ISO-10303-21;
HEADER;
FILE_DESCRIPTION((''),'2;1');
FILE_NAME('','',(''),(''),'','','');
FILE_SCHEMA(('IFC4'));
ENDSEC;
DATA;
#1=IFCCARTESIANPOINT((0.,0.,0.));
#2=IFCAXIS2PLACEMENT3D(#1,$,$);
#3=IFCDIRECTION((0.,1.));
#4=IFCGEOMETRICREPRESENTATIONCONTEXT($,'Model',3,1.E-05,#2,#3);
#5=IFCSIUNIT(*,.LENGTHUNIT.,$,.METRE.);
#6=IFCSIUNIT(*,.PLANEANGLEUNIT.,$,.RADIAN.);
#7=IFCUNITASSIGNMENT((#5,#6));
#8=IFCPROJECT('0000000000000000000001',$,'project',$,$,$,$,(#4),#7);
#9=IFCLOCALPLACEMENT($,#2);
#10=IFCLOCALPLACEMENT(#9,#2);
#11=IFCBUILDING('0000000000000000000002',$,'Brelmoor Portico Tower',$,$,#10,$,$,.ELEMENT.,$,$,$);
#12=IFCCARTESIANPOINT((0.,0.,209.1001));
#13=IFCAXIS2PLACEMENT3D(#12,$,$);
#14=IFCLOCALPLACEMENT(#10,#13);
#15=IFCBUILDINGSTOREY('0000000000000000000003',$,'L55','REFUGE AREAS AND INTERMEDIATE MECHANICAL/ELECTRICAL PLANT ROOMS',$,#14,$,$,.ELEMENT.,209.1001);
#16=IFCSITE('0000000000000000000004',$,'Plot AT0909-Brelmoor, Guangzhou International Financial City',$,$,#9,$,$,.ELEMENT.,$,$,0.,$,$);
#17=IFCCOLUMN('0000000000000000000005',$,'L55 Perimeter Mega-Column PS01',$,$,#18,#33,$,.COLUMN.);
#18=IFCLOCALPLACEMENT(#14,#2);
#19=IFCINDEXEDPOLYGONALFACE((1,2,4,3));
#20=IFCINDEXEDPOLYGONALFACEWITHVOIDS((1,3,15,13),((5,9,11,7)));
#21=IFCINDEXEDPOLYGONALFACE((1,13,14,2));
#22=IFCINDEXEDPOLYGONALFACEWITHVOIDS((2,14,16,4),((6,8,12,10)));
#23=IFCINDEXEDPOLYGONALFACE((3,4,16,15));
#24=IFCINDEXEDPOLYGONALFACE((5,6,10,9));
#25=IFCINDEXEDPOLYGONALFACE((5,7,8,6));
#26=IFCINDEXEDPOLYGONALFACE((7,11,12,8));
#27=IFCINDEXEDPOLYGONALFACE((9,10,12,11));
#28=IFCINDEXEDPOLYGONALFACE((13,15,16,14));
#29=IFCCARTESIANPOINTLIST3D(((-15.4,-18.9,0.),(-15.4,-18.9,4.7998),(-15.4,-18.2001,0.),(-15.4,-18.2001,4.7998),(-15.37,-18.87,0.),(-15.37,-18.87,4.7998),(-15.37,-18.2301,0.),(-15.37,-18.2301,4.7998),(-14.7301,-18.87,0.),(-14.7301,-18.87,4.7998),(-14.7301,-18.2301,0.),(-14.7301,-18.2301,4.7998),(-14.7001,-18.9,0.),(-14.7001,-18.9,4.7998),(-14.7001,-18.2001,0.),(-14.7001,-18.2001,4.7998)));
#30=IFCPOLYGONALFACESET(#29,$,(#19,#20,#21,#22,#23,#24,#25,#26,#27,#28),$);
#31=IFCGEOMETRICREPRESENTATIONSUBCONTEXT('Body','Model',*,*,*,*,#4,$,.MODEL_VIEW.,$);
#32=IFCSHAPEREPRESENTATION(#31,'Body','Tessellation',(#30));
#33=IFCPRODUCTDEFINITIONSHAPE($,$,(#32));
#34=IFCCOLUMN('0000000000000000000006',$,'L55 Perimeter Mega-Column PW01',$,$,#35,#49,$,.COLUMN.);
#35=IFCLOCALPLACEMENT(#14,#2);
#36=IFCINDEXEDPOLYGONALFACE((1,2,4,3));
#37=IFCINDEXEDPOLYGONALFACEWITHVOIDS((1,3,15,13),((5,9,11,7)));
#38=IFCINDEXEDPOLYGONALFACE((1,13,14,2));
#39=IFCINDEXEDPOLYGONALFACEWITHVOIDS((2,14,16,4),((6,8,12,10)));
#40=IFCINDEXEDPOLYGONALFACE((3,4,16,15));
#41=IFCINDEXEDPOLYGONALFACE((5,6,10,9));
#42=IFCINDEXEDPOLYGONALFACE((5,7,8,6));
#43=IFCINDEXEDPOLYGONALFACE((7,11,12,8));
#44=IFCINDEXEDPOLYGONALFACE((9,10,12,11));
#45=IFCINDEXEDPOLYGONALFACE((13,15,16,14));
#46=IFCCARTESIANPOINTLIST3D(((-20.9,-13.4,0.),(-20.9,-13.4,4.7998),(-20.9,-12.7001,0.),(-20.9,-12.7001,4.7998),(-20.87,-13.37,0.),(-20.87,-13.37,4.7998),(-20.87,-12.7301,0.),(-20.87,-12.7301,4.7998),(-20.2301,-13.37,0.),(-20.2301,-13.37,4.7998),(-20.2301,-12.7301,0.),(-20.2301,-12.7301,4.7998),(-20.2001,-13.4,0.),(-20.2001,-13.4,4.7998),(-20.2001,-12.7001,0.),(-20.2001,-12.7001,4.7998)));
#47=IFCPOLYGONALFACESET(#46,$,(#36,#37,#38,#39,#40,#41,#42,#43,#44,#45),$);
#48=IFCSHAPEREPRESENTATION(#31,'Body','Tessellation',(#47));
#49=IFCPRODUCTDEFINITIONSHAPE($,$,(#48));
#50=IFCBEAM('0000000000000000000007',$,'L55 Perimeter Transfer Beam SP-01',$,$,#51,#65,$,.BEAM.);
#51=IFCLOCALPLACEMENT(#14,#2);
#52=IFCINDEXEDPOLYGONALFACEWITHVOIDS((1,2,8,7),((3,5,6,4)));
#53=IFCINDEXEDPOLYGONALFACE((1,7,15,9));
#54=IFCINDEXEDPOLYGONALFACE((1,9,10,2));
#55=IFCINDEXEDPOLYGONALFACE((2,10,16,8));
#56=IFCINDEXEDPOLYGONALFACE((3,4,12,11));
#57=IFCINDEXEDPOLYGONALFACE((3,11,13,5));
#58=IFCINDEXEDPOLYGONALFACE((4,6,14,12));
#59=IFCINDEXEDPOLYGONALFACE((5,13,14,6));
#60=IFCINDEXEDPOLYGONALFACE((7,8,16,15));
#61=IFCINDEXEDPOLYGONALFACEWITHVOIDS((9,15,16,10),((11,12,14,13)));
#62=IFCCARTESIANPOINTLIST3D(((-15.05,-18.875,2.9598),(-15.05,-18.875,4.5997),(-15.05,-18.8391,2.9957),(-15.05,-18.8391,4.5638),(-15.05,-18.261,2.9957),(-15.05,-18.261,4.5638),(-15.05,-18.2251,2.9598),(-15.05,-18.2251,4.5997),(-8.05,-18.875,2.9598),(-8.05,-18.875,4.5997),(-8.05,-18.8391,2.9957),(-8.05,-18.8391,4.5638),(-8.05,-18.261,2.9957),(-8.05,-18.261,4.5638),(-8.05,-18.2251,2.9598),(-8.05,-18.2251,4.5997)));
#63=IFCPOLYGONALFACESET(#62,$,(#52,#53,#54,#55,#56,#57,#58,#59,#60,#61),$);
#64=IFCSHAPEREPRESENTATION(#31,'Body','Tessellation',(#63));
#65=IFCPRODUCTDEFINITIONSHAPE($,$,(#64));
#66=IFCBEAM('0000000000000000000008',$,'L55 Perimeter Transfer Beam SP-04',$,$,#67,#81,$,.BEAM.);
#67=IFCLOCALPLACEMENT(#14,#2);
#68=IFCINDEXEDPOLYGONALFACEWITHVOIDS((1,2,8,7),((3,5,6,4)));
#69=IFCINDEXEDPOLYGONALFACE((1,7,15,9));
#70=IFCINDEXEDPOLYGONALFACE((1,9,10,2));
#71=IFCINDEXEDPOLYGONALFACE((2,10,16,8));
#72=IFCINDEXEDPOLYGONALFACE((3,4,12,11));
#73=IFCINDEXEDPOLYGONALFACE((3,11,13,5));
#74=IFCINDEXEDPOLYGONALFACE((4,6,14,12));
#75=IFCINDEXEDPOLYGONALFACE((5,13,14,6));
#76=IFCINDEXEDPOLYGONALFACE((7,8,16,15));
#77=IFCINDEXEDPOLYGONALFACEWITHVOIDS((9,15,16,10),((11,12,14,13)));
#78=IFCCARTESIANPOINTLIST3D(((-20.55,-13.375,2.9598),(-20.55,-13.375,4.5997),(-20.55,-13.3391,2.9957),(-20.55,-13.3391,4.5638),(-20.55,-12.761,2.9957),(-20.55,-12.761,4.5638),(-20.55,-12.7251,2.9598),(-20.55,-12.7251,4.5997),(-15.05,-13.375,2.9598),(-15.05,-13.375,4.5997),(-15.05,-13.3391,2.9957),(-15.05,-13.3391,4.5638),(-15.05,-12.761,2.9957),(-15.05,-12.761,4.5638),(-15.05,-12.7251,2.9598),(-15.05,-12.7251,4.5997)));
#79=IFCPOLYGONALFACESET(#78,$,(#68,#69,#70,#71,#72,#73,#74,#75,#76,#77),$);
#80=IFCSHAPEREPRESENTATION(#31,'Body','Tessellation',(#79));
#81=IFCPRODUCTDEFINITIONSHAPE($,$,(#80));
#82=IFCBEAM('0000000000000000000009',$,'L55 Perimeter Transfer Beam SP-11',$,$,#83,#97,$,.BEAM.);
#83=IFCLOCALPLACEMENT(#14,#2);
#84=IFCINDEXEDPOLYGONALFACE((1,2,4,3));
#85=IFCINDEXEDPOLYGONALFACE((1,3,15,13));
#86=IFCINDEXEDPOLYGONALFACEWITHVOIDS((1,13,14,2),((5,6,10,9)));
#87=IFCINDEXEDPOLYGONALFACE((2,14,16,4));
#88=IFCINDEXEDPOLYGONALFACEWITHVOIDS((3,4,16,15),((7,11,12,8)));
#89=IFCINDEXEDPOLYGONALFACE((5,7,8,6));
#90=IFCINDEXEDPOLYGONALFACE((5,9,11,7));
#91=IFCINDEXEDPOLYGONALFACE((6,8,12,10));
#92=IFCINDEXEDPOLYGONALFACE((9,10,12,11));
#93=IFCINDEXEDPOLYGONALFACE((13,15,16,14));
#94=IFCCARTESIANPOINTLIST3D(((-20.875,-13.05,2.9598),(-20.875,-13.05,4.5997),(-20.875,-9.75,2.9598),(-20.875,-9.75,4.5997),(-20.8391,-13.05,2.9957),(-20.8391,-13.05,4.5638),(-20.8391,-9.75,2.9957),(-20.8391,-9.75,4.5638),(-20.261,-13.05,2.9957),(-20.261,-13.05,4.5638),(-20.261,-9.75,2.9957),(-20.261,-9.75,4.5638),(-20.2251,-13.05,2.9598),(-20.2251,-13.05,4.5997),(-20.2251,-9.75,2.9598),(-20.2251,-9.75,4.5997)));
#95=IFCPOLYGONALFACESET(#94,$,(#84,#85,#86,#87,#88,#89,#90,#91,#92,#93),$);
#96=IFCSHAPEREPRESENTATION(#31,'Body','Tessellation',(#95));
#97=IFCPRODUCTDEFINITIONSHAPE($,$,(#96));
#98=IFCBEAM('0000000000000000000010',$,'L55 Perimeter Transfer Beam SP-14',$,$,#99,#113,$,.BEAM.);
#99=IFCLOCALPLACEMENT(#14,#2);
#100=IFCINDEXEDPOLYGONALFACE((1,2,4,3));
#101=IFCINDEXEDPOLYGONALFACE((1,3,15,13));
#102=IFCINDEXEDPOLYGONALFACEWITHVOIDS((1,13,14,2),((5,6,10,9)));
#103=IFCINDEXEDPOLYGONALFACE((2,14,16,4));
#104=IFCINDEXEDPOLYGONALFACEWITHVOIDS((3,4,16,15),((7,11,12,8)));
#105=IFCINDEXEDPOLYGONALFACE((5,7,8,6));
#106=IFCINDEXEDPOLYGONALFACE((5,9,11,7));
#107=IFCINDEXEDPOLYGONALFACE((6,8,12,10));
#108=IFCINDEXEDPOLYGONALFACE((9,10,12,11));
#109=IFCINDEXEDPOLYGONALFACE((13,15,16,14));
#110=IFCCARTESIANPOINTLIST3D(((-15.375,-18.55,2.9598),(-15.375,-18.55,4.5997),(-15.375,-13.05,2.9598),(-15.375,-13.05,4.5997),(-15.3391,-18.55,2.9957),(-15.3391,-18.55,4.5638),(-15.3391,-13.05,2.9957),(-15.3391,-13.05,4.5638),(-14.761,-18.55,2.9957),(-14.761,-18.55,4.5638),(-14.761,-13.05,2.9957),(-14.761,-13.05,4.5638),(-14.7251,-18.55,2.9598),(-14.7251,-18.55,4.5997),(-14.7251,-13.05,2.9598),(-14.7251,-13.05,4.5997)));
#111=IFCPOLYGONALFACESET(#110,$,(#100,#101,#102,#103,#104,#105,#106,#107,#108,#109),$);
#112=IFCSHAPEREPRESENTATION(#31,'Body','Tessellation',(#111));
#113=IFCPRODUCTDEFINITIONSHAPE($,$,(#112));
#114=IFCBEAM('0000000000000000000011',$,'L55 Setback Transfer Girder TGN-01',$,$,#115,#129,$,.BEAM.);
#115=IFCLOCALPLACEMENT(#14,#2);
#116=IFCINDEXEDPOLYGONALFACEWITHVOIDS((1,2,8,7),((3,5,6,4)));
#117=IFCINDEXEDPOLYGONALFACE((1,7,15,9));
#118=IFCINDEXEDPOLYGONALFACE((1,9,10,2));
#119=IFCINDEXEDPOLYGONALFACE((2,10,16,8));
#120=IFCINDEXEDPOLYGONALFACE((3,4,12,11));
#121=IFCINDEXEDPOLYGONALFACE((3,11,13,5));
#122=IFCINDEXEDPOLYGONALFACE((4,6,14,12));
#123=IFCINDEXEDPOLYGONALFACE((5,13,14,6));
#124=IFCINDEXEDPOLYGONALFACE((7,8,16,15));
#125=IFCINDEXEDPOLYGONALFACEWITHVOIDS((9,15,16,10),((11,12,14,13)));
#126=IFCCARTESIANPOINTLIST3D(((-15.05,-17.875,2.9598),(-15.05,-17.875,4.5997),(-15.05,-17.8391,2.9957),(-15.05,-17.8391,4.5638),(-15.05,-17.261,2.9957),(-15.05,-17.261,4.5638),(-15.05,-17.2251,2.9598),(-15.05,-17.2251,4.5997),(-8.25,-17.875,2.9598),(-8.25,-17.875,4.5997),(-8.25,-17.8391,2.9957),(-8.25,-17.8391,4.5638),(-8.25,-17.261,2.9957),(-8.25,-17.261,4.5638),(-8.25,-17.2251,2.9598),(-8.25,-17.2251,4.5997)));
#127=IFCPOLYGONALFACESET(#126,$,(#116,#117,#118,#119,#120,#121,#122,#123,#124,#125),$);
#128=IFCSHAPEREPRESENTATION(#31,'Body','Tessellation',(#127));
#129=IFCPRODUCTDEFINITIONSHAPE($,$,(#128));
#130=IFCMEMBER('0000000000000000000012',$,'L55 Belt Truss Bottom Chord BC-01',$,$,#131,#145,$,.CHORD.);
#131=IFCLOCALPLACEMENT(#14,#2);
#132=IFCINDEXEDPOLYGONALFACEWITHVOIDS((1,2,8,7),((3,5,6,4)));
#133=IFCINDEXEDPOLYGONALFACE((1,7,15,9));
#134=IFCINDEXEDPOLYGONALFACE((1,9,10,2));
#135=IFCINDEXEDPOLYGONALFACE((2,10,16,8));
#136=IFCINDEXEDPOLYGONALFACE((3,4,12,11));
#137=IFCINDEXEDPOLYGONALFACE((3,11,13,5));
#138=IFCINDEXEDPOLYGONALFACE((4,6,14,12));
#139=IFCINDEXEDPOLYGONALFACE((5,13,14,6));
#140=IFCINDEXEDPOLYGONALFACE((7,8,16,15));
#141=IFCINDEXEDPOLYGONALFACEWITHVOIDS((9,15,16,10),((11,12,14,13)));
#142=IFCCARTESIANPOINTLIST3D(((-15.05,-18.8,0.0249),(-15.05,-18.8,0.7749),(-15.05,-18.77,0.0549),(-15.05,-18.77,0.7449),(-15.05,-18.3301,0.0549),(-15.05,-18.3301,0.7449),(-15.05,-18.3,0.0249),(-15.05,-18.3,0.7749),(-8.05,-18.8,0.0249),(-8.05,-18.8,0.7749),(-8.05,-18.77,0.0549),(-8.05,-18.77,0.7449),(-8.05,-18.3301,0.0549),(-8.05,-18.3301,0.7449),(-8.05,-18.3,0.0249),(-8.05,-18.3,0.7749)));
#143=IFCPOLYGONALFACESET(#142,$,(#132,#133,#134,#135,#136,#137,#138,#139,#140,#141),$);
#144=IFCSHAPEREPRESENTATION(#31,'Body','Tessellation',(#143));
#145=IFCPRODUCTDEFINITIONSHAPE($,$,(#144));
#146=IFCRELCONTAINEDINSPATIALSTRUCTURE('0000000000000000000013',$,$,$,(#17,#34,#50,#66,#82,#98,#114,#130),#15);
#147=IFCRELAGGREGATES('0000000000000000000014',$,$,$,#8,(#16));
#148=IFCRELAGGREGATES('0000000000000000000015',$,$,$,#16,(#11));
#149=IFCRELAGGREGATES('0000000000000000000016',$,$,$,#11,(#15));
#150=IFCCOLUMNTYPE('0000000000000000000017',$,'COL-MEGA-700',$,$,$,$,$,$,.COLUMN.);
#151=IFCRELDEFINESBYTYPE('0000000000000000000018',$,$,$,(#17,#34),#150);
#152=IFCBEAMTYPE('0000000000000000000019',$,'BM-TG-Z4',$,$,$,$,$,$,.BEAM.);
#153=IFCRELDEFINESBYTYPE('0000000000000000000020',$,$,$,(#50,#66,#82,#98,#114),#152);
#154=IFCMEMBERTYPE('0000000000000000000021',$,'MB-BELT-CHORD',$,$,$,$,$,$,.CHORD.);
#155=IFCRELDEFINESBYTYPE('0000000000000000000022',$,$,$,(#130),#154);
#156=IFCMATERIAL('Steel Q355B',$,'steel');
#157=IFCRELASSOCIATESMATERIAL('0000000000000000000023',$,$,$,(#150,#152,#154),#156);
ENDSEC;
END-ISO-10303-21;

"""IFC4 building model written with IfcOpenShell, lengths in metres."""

from ifc_helpers import new_model, si_unit, direction, frame, origin, origin_2d, place, context, subcontext, project, spatial, hollow_rectangle, extrude, material, material_profile, profile_set, type_object, element, save


model = new_model("IFC4")

# Units and contexts
model_context = context("Model", 3, precision=1e-05, world=origin(), true_north=direction((0.0, 1.0)))
body_context = subcontext(model_context, "Body", "Model", "MODEL_VIEW")
ifc_project = project(units=[si_unit("LENGTHUNIT", "METRE"), si_unit("PLANEANGLEUNIT", "RADIAN")], contexts=[model_context])

# Site, building, storey
site_placement = place(None, origin())
site = spatial("IfcSite", under=ifc_project, at=site_placement, Name="Plot AT0909-Brelmoor, Guangzhou International Financial City", CompositionType="ELEMENT", RefElevation=0.0)
building_placement = place(site_placement, origin())
building = spatial("IfcBuilding", under=site, at=building_placement, Name="Brelmoor Portico Tower", CompositionType="ELEMENT")
storey_placement = place(building_placement, frame((0.0, 0.0, 209.1001)))
storey = spatial("IfcBuildingStorey", under=building, at=storey_placement, Name="L55", Description="REFUGE AREAS AND INTERMEDIATE MECHANICAL/ELECTRICAL PLANT ROOMS", CompositionType="ELEMENT", Elevation=209.1001)

# Columns
ifc_material_1 = material(Name="Steel Q355B", Category="steel")
ifc_material_profile_1 = material_profile(ifc_material_1, hollow_rectangle(XDim=0.7, YDim=0.7, WallThickness=0.03, at=origin_2d()), Name="BOX 700x700x30")
ifc_profile_set_1 = profile_set([ifc_material_profile_1], Name="Steel Q355B")
column_type = type_object("IfcColumnType", Name="COL-MEGA-700", PredefinedType="COLUMN", material=ifc_profile_set_1)
for number, where, z_axis, x_axis, name in (
    (1, (-15.05, -18.55, 0.0), (0.0, 0.0, 1.0), (1.0, 0.0, 0.0), "L55 Perimeter Mega-Column PS01"),
    (2, (-20.55, -13.05, 0.0), (0.0, 0.0, 1.0), (0.0, 1.0, 0.0), "L55 Perimeter Mega-Column PW01"),
):
    element("IfcColumn", number, at=place(storey_placement, frame(where, z_axis=z_axis, x_axis=x_axis)), inside=storey, type_object=column_type, Name=name, PredefinedType="COLUMN", context=body_context, shape_type="SweptSolid", body=[
        extrude(hollow_rectangle(XDim=0.7, YDim=0.7, WallThickness=0.03, at=origin_2d()), origin(), (0.0, 0.0, 1.0), 4.7998),
    ])

# Beams
ifc_material_profile_2 = material_profile(ifc_material_1, hollow_rectangle(XDim=0.6499, YDim=1.6399, WallThickness=0.0359, at=origin_2d()), Name="BOX 650x1640x36")
ifc_profile_set_2 = profile_set([ifc_material_profile_2], Name="Steel Q355B")
beam_type = type_object("IfcBeamType", Name="BM-TG-Z4", PredefinedType="BEAM", material=ifc_profile_set_2)
beam_1_placement = place(storey_placement, frame((-15.05, -18.55, 3.7798), z_axis=(1.0, 0.0, 0.0), x_axis=(0.0, 1.0, 0.0)))
element("IfcBeam", 3, at=beam_1_placement, inside=storey, type_object=beam_type, Name="L55 Perimeter Transfer Beam SP-01", PredefinedType="BEAM", context=body_context, shape_type="SweptSolid", body=[
    extrude(hollow_rectangle(XDim=0.6499, YDim=1.6399, WallThickness=0.0359, at=origin_2d()), origin(), (0.0, 0.0, 1.0), 7.0),
])
beam_2_placement = place(storey_placement, frame((-20.55, -13.05, 3.7798), z_axis=(1.0, 0.0, 0.0), x_axis=(0.0, 1.0, 0.0)))
element("IfcBeam", 4, at=beam_2_placement, inside=storey, type_object=beam_type, Name="L55 Perimeter Transfer Beam SP-04", PredefinedType="BEAM", context=body_context, shape_type="SweptSolid", body=[
    extrude(hollow_rectangle(XDim=0.6499, YDim=1.6399, WallThickness=0.0359, at=origin_2d()), origin(), (0.0, 0.0, 1.0), 5.5),
])
beam_3_placement = place(storey_placement, frame((-20.55, -13.05, 3.7798), z_axis=(0.0, 1.0, 0.0), x_axis=(-1.0, 0.0, 0.0)))
element("IfcBeam", 5, at=beam_3_placement, inside=storey, type_object=beam_type, Name="L55 Perimeter Transfer Beam SP-11", PredefinedType="BEAM", context=body_context, shape_type="SweptSolid", body=[
    extrude(hollow_rectangle(XDim=0.6499, YDim=1.6399, WallThickness=0.0359, at=origin_2d()), origin(), (0.0, 0.0, 1.0), 3.3),
])
beam_4_placement = place(storey_placement, frame((-15.05, -18.55, 3.7798), z_axis=(0.0, 1.0, 0.0), x_axis=(-1.0, 0.0, 0.0)))
element("IfcBeam", 6, at=beam_4_placement, inside=storey, type_object=beam_type, Name="L55 Perimeter Transfer Beam SP-14", PredefinedType="BEAM", context=body_context, shape_type="SweptSolid", body=[
    extrude(hollow_rectangle(XDim=0.6499, YDim=1.6399, WallThickness=0.0359, at=origin_2d()), origin(), (0.0, 0.0, 1.0), 5.5),
])
beam_5_placement = place(storey_placement, frame((-15.05, -17.55, 3.7798), z_axis=(1.0, 0.0, 0.0), x_axis=(0.0, 1.0, 0.0)))
element("IfcBeam", 7, at=beam_5_placement, inside=storey, type_object=beam_type, Name="L55 Setback Transfer Girder TGN-01", PredefinedType="BEAM", context=body_context, shape_type="SweptSolid", body=[
    extrude(hollow_rectangle(XDim=0.6499, YDim=1.6399, WallThickness=0.0359, at=origin_2d()), origin(), (0.0, 0.0, 1.0), 6.8),
])

# Member
ifc_material_profile_3 = material_profile(ifc_material_1, hollow_rectangle(XDim=0.5, YDim=0.75, WallThickness=0.03, at=origin_2d()), Name="RHS 500x750x30")
ifc_profile_set_3 = profile_set([ifc_material_profile_3], Name="Steel Q355B")
member_type_1 = type_object("IfcMemberType", Name="MB-BELT-CHORD", PredefinedType="CHORD", material=ifc_profile_set_3)
member_1_placement = place(storey_placement, frame((-15.05, -18.55, 0.3999), z_axis=(1.0, 0.0, 0.0), x_axis=(0.0, 1.0, 0.0)))
element("IfcMember", 8, at=member_1_placement, inside=storey, type_object=member_type_1, Name="L55 Belt Truss Bottom Chord BC-01", PredefinedType="CHORD", context=body_context, shape_type="SweptSolid", body=[
    extrude(hollow_rectangle(XDim=0.5, YDim=0.75, WallThickness=0.03, at=origin_2d()), origin(), (0.0, 0.0, 1.0), 7.0),
])

save(model, "model.ifc")
